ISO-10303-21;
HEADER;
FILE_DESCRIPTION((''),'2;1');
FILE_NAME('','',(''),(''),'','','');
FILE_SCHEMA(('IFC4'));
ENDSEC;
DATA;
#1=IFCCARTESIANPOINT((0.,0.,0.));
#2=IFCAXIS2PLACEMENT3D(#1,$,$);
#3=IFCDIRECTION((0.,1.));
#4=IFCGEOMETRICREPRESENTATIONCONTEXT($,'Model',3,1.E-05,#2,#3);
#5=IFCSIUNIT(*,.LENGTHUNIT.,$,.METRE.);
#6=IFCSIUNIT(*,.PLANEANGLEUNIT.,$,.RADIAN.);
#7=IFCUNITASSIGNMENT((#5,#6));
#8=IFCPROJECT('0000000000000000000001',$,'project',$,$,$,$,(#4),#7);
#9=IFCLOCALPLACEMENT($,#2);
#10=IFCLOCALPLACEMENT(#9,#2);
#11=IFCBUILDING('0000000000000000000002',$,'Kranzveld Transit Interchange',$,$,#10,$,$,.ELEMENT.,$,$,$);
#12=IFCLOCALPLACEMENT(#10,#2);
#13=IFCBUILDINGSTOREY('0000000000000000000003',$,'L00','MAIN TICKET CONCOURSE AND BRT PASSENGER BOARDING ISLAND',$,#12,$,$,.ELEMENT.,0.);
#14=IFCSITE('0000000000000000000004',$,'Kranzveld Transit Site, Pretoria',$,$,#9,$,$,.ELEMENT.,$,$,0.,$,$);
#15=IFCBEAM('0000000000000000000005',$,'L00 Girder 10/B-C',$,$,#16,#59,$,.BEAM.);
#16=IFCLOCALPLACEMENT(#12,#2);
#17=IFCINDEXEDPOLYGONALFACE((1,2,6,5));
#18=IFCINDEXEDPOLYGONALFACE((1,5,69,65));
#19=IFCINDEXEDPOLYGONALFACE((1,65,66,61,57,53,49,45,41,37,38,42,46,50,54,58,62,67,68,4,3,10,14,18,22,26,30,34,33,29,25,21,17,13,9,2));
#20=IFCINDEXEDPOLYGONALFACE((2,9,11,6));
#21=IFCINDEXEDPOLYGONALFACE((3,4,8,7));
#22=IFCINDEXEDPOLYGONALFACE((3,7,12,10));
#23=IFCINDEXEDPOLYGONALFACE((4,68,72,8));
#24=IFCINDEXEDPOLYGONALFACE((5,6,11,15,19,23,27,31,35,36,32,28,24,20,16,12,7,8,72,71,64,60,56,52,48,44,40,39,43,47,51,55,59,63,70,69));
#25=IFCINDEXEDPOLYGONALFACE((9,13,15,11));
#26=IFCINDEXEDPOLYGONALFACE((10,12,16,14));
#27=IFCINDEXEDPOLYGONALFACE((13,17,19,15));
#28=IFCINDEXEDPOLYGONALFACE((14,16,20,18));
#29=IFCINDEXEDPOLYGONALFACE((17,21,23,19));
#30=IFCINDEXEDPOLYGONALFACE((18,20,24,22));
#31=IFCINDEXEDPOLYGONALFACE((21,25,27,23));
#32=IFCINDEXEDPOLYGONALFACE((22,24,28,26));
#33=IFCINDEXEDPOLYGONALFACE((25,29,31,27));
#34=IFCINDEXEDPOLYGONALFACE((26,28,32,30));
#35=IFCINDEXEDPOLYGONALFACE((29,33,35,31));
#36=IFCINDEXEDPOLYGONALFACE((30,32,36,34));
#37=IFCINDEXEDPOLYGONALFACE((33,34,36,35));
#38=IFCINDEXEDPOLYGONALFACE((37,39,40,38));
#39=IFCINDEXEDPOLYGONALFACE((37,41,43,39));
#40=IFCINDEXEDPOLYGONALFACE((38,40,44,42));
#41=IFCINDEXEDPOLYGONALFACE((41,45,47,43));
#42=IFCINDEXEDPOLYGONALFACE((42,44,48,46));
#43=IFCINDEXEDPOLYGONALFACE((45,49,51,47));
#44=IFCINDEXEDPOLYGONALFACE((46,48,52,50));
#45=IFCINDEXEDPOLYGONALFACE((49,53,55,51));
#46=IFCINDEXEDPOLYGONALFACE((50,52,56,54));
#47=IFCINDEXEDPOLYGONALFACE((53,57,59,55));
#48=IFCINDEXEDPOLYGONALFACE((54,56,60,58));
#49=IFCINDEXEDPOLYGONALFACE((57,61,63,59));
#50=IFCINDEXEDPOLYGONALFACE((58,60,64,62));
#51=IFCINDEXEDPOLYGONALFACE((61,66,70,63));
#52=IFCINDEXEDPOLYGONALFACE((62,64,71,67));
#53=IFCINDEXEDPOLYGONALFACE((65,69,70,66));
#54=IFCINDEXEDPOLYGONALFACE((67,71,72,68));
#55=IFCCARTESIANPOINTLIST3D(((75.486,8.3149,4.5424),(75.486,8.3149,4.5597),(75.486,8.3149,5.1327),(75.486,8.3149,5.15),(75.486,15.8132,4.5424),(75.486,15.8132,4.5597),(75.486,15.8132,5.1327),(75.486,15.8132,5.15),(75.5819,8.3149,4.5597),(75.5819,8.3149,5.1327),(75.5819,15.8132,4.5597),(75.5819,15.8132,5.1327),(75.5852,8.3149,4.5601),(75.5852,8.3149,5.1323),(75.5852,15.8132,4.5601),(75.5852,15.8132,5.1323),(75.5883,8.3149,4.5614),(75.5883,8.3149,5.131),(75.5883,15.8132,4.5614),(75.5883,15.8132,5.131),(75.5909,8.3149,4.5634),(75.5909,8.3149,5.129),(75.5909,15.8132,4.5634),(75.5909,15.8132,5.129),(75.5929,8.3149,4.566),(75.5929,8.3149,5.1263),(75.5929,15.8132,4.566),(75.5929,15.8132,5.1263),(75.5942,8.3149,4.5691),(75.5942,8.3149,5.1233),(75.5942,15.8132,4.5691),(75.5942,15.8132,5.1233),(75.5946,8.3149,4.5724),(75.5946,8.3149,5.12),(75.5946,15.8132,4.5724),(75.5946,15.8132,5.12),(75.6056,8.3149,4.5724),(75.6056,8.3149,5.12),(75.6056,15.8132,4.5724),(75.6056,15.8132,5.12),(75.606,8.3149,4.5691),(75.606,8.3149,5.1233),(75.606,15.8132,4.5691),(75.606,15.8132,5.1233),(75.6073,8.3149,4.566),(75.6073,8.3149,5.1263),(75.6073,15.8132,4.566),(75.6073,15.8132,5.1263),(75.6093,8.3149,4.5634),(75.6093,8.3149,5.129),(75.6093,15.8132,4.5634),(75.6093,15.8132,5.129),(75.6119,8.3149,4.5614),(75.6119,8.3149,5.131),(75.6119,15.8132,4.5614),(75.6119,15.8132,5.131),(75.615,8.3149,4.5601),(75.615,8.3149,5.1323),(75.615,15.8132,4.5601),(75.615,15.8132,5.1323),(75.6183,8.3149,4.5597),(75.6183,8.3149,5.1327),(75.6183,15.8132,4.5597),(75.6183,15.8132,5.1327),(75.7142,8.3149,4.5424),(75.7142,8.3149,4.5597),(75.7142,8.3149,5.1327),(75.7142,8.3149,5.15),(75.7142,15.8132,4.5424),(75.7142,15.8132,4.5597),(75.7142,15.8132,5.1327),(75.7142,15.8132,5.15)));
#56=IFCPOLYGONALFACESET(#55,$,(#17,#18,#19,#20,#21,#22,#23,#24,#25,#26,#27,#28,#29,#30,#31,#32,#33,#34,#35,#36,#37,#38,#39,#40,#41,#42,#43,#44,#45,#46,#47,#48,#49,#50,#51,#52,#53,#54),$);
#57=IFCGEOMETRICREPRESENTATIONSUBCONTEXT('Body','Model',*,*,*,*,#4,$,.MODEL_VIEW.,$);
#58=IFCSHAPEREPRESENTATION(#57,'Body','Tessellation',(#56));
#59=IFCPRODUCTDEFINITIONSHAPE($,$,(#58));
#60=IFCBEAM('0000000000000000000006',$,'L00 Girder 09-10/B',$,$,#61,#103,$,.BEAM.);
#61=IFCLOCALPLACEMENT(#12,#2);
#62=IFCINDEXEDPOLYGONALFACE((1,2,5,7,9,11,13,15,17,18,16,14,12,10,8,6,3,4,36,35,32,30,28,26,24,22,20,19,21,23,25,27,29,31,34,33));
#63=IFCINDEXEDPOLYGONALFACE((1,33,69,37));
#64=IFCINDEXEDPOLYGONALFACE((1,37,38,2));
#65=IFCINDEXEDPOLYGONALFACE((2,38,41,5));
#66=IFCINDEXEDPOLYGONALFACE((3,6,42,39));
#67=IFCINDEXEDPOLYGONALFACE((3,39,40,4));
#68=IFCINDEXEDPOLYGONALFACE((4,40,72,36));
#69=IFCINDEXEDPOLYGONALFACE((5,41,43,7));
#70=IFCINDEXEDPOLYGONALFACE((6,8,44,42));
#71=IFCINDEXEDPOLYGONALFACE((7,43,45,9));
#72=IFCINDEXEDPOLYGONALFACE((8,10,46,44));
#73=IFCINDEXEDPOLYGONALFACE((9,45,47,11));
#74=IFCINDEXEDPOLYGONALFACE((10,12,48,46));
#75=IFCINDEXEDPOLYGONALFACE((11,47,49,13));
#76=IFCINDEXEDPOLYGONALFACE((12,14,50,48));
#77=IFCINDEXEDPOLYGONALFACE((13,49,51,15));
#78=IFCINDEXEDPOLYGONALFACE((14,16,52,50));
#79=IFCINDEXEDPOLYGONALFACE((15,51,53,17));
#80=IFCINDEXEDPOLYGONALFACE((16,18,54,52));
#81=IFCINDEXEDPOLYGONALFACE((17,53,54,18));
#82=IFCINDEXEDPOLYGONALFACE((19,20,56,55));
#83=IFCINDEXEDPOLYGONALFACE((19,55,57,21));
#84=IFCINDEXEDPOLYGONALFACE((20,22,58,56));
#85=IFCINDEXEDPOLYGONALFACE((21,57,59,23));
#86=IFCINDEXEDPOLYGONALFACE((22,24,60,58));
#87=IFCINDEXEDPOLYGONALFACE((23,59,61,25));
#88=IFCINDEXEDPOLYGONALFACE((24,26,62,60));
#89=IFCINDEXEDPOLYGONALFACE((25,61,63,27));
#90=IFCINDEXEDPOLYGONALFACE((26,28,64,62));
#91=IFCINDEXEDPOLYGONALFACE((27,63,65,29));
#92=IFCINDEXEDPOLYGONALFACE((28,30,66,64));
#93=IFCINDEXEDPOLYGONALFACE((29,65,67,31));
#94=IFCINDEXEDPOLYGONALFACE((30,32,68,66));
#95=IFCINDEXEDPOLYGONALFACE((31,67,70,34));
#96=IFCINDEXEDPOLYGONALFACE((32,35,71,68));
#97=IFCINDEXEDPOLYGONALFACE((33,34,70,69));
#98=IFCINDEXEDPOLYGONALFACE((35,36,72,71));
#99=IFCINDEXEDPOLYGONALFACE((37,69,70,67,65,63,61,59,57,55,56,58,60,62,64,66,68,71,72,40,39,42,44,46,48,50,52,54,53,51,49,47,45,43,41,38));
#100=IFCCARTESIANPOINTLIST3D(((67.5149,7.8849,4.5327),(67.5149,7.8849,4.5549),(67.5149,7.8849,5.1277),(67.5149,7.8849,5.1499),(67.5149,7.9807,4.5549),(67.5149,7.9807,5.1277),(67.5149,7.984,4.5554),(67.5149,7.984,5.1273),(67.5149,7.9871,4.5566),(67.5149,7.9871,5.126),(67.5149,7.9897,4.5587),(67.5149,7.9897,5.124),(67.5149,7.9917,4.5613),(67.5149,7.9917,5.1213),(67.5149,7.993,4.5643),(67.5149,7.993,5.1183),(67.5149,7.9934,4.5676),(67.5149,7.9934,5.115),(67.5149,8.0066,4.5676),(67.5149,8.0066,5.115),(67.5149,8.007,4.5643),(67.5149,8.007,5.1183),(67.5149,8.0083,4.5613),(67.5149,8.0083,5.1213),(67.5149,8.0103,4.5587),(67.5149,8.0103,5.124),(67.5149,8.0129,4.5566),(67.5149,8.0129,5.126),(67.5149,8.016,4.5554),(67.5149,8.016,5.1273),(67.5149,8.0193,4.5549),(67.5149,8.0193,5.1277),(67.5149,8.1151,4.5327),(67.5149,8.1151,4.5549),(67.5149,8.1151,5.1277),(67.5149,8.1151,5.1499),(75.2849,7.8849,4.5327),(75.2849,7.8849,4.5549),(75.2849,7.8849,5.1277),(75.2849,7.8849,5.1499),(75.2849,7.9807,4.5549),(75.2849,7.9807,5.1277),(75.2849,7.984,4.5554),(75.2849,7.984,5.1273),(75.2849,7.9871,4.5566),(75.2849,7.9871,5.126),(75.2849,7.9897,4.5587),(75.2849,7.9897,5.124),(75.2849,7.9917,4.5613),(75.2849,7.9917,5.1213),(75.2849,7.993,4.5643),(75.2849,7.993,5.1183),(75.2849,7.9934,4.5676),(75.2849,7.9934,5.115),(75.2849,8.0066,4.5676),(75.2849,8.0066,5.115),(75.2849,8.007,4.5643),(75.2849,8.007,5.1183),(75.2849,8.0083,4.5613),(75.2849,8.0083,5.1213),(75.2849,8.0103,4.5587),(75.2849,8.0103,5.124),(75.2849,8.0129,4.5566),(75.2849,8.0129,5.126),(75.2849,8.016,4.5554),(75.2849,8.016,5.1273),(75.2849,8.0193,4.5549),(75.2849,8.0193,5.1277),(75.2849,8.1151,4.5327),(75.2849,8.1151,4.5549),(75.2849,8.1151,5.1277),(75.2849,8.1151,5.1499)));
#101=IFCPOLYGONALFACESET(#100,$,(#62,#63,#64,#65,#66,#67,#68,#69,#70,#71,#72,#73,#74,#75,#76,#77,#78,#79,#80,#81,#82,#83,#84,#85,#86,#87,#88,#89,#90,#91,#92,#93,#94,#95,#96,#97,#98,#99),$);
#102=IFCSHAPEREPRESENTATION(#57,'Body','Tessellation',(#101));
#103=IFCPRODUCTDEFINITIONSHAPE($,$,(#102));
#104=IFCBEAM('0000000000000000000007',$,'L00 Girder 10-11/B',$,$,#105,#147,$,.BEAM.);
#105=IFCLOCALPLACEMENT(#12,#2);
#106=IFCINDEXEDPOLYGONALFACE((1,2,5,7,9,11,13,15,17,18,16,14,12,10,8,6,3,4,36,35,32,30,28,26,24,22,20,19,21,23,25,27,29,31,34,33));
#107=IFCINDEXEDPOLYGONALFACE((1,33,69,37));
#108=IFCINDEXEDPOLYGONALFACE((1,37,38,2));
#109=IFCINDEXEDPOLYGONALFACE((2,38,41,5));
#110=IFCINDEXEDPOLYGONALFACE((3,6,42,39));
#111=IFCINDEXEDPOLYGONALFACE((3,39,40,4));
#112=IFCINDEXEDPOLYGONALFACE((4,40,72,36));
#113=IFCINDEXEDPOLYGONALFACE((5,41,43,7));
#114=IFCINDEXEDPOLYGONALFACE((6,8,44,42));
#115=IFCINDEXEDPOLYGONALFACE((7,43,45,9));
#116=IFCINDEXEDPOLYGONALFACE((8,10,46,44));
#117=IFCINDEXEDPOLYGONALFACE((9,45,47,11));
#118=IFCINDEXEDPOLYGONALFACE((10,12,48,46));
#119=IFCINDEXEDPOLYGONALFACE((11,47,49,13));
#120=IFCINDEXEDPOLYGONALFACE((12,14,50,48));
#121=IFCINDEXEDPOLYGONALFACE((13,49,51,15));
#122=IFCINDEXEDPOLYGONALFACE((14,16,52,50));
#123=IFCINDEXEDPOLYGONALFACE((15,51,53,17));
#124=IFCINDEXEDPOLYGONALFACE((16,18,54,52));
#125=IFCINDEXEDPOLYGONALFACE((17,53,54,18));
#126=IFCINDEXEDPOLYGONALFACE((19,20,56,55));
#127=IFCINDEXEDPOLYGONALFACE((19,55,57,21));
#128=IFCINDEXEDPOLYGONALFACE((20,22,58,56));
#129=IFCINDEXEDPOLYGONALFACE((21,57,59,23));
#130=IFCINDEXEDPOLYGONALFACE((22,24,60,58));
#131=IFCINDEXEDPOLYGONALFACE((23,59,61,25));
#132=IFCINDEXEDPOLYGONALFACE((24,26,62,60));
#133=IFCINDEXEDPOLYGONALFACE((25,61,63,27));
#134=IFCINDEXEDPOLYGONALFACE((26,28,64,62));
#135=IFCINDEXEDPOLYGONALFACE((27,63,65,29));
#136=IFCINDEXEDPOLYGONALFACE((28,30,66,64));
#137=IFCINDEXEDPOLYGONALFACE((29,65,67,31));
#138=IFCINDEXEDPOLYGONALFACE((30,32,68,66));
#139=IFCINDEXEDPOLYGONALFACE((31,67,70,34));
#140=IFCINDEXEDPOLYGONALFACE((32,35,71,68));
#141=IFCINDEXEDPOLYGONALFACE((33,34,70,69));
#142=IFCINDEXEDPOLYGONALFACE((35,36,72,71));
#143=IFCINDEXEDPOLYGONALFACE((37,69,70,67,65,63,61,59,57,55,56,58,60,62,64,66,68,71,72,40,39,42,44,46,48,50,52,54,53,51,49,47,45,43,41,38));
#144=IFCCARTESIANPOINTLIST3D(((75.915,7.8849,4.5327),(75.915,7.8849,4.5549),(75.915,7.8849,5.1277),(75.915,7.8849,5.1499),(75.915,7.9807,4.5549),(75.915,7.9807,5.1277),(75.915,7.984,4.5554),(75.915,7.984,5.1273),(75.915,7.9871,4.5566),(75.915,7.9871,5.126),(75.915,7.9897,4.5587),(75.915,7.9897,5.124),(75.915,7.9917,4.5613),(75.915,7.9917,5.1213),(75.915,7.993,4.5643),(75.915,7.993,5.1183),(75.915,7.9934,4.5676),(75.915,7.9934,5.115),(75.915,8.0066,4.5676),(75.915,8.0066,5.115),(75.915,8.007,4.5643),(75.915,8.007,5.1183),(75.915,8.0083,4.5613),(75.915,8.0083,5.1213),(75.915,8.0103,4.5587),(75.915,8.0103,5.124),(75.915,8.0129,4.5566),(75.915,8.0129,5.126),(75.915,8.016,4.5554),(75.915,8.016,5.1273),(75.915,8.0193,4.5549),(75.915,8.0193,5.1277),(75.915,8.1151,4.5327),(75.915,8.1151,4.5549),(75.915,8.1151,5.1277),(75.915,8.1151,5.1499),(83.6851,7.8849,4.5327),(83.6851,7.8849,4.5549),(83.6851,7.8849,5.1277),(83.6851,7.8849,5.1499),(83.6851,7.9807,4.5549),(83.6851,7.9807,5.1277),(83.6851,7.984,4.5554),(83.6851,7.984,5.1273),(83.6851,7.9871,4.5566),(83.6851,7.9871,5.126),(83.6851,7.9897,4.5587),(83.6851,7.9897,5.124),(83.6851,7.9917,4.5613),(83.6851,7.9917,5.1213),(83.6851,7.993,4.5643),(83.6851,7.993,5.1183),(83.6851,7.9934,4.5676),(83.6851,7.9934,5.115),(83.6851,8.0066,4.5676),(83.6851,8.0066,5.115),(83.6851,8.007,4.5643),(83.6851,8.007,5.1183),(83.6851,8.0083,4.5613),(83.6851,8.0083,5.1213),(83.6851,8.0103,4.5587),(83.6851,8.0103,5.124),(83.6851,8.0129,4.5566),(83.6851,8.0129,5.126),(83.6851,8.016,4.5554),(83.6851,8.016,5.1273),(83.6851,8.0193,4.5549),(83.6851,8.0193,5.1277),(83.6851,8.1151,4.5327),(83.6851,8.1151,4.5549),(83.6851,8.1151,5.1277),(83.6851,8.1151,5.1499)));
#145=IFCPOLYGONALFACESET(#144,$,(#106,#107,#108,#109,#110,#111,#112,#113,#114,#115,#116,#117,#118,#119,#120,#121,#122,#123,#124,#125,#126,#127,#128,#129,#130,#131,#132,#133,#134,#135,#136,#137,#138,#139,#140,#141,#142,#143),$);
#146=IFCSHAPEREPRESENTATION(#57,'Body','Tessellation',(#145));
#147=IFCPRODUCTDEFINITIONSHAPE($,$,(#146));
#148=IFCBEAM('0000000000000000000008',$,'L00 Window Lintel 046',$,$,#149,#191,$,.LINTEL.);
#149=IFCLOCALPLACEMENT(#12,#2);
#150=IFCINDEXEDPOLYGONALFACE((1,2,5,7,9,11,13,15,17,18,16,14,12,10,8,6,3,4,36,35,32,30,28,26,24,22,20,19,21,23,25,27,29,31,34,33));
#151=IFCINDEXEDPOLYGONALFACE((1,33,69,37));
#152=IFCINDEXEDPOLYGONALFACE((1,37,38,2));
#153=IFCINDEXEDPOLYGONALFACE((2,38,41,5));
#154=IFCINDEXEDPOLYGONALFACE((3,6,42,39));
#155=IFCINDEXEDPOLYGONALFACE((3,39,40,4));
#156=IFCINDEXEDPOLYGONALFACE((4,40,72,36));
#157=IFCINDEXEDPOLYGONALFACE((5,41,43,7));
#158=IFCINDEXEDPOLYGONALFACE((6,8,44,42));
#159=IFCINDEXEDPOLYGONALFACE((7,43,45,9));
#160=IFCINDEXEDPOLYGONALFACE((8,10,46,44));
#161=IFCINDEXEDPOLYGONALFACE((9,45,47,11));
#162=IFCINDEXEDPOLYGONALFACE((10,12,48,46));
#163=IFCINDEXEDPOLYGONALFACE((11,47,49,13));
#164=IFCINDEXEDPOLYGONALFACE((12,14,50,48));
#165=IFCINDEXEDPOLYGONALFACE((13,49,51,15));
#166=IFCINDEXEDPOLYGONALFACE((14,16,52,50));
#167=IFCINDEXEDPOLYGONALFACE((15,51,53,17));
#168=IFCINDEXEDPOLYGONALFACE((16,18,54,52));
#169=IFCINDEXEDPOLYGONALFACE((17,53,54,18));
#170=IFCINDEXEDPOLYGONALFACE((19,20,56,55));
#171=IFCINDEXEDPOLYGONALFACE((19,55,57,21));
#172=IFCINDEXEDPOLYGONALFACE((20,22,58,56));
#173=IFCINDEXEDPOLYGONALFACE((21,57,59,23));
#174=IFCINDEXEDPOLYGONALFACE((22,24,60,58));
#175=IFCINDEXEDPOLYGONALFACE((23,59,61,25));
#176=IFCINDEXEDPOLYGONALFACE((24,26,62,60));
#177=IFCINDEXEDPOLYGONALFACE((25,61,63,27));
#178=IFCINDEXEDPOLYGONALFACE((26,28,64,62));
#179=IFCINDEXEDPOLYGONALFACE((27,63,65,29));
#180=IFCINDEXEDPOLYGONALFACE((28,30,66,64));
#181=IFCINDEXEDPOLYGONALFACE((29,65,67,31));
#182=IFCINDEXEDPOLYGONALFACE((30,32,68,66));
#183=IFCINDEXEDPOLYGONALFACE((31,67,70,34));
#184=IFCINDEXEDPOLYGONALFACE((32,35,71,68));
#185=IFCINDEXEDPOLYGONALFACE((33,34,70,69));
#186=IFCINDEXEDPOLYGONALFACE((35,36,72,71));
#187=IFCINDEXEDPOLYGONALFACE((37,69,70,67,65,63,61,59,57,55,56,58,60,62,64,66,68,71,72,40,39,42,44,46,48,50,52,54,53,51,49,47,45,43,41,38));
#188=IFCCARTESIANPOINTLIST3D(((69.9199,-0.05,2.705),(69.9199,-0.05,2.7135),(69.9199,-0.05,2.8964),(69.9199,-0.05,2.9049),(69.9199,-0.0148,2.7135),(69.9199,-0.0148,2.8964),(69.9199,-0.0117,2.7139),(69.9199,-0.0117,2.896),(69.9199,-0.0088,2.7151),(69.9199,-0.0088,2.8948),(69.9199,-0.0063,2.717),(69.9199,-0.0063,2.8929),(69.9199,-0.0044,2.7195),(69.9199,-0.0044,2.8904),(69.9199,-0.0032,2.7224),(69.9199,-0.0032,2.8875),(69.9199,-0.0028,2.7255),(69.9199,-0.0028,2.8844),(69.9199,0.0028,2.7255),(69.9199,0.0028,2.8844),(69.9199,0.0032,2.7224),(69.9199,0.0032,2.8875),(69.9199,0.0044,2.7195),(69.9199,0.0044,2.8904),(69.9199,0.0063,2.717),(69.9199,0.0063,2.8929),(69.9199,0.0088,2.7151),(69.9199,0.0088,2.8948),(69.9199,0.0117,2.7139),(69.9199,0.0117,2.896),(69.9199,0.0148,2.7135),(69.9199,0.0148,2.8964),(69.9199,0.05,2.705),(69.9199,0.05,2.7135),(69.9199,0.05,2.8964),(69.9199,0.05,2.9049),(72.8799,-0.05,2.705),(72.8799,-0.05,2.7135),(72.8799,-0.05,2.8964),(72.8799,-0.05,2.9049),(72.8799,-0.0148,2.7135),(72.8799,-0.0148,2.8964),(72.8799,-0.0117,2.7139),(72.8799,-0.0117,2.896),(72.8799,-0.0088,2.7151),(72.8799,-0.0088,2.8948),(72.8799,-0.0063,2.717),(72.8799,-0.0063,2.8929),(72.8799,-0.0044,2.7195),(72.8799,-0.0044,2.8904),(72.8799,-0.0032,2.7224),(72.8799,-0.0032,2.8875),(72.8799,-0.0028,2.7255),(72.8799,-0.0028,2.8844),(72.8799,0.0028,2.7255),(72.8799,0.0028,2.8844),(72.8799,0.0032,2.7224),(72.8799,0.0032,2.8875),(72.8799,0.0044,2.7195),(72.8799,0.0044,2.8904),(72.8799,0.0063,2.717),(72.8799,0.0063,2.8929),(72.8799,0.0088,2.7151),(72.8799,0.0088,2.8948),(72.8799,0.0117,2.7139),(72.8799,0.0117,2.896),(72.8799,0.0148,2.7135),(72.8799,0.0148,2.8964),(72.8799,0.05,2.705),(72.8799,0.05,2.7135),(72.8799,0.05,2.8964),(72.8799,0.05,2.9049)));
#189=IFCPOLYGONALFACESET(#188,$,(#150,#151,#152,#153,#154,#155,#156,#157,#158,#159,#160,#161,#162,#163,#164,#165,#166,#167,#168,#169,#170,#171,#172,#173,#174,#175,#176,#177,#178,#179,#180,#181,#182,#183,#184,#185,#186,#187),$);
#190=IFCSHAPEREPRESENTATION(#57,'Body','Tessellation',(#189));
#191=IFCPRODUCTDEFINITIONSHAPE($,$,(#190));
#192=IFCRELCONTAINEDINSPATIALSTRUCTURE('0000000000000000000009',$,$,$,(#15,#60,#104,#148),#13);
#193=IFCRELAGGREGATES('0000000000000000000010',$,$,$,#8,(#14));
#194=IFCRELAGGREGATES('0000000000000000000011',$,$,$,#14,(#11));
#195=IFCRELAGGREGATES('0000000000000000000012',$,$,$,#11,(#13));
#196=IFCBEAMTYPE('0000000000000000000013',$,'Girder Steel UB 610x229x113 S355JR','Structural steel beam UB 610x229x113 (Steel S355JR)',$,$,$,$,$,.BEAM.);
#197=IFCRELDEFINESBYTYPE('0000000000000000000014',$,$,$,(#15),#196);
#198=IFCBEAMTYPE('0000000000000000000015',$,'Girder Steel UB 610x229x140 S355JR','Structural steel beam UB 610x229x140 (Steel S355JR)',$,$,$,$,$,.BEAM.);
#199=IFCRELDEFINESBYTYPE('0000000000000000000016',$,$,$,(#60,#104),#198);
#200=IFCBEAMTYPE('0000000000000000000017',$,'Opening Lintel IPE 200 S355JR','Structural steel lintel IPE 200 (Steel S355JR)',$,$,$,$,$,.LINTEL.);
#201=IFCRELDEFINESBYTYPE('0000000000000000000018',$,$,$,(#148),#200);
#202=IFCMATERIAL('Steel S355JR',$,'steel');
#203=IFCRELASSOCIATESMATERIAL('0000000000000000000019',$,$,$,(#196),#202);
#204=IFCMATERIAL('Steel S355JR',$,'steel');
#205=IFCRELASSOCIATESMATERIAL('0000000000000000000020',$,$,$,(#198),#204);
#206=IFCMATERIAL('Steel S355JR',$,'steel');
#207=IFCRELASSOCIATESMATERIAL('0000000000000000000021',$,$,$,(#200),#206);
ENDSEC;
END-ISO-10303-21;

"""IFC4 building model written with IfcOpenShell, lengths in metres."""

from ifc_helpers import new_model, si_unit, direction, frame, origin, origin_2d, place, context, subcontext, project, spatial, i_section, extrude, material, material_profile, profile_set, type_object, element, save


model = new_model("IFC4")

# Units and contexts
model_context = context("Model", 3, precision=1e-05, world=origin(), true_north=direction((0.0, 1.0)))
body_context = subcontext(model_context, "Body", "Model", "MODEL_VIEW")
ifc_project = project(units=[si_unit("LENGTHUNIT", "METRE"), si_unit("PLANEANGLEUNIT", "RADIAN")], contexts=[model_context])

# Site, building, storey
site_placement = place(None, origin())
site = spatial("IfcSite", under=ifc_project, at=site_placement, Name="Kranzveld Transit Site, Pretoria", CompositionType="ELEMENT", RefElevation=0.0)
building_placement = place(site_placement, origin())
building = spatial("IfcBuilding", under=site, at=building_placement, Name="Kranzveld Transit Interchange", CompositionType="ELEMENT")
storey_placement = place(building_placement, origin())
storey = spatial("IfcBuildingStorey", under=building, at=storey_placement, Name="L00", Description="MAIN TICKET CONCOURSE AND BRT PASSENGER BOARDING ISLAND", CompositionType="ELEMENT", Elevation=0.0)

# Beams
ifc_material_1 = material(Name="Steel S355JR", Category="steel")
ifc_material_profile_1 = material_profile(ifc_material_1, i_section(OverallWidth=0.2283, OverallDepth=0.6077, WebThickness=0.011, FlangeThickness=0.0173, FilletRadius=0.0127, at=origin_2d()), Name="UB 610x229x113")
ifc_profile_set_1 = profile_set([ifc_material_profile_1], Name="Steel S355JR")
beam_type_1 = type_object("IfcBeamType", Name="Girder Steel UB 610x229x113 S355JR", Description="Structural steel beam UB 610x229x113 (Steel S355JR)", PredefinedType="BEAM", material=ifc_profile_set_1)
for number, where, z_axis, x_axis, name in (
    (1, (75.6001, 8.3149, 4.8462), (0.0, 1.0, 0.0), (-1.0, 0.0, 0.0), "L00 Girder 10/B-C"),
):
    element("IfcBeam", number, at=place(storey_placement, frame(where, z_axis=z_axis, x_axis=x_axis)), inside=storey, type_object=beam_type_1, Name=name, PredefinedType="BEAM", context=body_context, shape_type="SweptSolid", body=[
        extrude(i_section(OverallWidth=0.2283, OverallDepth=0.6077, WebThickness=0.011, FlangeThickness=0.0173, FilletRadius=0.0127, at=origin_2d()), origin(), (0.0, 0.0, 1.0), 7.4983),
    ])
ifc_material_2 = material(Name="Steel S355JR", Category="steel")
ifc_material_profile_2 = material_profile(ifc_material_2, i_section(OverallWidth=0.2302, OverallDepth=0.6172, WebThickness=0.0132, FlangeThickness=0.0222, FilletRadius=0.0127, at=origin_2d()), Name="UB 610x229x140")
ifc_profile_set_2 = profile_set([ifc_material_profile_2], Name="Steel S355JR")
beam_type_2 = type_object("IfcBeamType", Name="Girder Steel UB 610x229x140 S355JR", Description="Structural steel beam UB 610x229x140 (Steel S355JR)", PredefinedType="BEAM", material=ifc_profile_set_2)
for number, where, z_axis, x_axis, name in (
    (2, (67.5149, 8.0, 4.8413), (1.0, 0.0, 0.0), (0.0, 1.0, 0.0), "L00 Girder 09-10/B"),
    (3, (75.915, 8.0, 4.8413), (1.0, 0.0, 0.0), (0.0, 1.0, 0.0), "L00 Girder 10-11/B"),
):
    element("IfcBeam", number, at=place(storey_placement, frame(where, z_axis=z_axis, x_axis=x_axis)), inside=storey, type_object=beam_type_2, Name=name, PredefinedType="BEAM", context=body_context, shape_type="SweptSolid", body=[
        extrude(i_section(OverallWidth=0.2302, OverallDepth=0.6172, WebThickness=0.0132, FlangeThickness=0.0222, FilletRadius=0.0127, at=origin_2d()), origin(), (0.0, 0.0, 1.0), 7.77),
    ])
ifc_material_3 = material(Name="Steel S355JR", Category="steel")
ifc_material_profile_3 = material_profile(ifc_material_3, i_section(OverallWidth=0.1001, OverallDepth=0.2, WebThickness=0.0056, FlangeThickness=0.0085, FilletRadius=0.012, at=origin_2d()), Name="IPE 200")
ifc_profile_set_3 = profile_set([ifc_material_profile_3], Name="Steel S355JR")
beam_type_3 = type_object("IfcBeamType", Name="Opening Lintel IPE 200 S355JR", Description="Structural steel lintel IPE 200 (Steel S355JR)", PredefinedType="LINTEL", material=ifc_profile_set_3)
beam_1_placement = place(storey_placement, frame((69.9199, 0.0, 2.8049), z_axis=(1.0, 0.0, 0.0), x_axis=(0.0, 1.0, 0.0)))
element("IfcBeam", 4, at=beam_1_placement, inside=storey, type_object=beam_type_3, Name="L00 Window Lintel 046", PredefinedType="LINTEL", context=body_context, shape_type="SweptSolid", body=[
    extrude(i_section(OverallWidth=0.1001, OverallDepth=0.2, WebThickness=0.0056, FlangeThickness=0.0085, FilletRadius=0.012, at=origin_2d()), origin(), (0.0, 0.0, 1.0), 2.96),
])

save(model, "model.ifc")
